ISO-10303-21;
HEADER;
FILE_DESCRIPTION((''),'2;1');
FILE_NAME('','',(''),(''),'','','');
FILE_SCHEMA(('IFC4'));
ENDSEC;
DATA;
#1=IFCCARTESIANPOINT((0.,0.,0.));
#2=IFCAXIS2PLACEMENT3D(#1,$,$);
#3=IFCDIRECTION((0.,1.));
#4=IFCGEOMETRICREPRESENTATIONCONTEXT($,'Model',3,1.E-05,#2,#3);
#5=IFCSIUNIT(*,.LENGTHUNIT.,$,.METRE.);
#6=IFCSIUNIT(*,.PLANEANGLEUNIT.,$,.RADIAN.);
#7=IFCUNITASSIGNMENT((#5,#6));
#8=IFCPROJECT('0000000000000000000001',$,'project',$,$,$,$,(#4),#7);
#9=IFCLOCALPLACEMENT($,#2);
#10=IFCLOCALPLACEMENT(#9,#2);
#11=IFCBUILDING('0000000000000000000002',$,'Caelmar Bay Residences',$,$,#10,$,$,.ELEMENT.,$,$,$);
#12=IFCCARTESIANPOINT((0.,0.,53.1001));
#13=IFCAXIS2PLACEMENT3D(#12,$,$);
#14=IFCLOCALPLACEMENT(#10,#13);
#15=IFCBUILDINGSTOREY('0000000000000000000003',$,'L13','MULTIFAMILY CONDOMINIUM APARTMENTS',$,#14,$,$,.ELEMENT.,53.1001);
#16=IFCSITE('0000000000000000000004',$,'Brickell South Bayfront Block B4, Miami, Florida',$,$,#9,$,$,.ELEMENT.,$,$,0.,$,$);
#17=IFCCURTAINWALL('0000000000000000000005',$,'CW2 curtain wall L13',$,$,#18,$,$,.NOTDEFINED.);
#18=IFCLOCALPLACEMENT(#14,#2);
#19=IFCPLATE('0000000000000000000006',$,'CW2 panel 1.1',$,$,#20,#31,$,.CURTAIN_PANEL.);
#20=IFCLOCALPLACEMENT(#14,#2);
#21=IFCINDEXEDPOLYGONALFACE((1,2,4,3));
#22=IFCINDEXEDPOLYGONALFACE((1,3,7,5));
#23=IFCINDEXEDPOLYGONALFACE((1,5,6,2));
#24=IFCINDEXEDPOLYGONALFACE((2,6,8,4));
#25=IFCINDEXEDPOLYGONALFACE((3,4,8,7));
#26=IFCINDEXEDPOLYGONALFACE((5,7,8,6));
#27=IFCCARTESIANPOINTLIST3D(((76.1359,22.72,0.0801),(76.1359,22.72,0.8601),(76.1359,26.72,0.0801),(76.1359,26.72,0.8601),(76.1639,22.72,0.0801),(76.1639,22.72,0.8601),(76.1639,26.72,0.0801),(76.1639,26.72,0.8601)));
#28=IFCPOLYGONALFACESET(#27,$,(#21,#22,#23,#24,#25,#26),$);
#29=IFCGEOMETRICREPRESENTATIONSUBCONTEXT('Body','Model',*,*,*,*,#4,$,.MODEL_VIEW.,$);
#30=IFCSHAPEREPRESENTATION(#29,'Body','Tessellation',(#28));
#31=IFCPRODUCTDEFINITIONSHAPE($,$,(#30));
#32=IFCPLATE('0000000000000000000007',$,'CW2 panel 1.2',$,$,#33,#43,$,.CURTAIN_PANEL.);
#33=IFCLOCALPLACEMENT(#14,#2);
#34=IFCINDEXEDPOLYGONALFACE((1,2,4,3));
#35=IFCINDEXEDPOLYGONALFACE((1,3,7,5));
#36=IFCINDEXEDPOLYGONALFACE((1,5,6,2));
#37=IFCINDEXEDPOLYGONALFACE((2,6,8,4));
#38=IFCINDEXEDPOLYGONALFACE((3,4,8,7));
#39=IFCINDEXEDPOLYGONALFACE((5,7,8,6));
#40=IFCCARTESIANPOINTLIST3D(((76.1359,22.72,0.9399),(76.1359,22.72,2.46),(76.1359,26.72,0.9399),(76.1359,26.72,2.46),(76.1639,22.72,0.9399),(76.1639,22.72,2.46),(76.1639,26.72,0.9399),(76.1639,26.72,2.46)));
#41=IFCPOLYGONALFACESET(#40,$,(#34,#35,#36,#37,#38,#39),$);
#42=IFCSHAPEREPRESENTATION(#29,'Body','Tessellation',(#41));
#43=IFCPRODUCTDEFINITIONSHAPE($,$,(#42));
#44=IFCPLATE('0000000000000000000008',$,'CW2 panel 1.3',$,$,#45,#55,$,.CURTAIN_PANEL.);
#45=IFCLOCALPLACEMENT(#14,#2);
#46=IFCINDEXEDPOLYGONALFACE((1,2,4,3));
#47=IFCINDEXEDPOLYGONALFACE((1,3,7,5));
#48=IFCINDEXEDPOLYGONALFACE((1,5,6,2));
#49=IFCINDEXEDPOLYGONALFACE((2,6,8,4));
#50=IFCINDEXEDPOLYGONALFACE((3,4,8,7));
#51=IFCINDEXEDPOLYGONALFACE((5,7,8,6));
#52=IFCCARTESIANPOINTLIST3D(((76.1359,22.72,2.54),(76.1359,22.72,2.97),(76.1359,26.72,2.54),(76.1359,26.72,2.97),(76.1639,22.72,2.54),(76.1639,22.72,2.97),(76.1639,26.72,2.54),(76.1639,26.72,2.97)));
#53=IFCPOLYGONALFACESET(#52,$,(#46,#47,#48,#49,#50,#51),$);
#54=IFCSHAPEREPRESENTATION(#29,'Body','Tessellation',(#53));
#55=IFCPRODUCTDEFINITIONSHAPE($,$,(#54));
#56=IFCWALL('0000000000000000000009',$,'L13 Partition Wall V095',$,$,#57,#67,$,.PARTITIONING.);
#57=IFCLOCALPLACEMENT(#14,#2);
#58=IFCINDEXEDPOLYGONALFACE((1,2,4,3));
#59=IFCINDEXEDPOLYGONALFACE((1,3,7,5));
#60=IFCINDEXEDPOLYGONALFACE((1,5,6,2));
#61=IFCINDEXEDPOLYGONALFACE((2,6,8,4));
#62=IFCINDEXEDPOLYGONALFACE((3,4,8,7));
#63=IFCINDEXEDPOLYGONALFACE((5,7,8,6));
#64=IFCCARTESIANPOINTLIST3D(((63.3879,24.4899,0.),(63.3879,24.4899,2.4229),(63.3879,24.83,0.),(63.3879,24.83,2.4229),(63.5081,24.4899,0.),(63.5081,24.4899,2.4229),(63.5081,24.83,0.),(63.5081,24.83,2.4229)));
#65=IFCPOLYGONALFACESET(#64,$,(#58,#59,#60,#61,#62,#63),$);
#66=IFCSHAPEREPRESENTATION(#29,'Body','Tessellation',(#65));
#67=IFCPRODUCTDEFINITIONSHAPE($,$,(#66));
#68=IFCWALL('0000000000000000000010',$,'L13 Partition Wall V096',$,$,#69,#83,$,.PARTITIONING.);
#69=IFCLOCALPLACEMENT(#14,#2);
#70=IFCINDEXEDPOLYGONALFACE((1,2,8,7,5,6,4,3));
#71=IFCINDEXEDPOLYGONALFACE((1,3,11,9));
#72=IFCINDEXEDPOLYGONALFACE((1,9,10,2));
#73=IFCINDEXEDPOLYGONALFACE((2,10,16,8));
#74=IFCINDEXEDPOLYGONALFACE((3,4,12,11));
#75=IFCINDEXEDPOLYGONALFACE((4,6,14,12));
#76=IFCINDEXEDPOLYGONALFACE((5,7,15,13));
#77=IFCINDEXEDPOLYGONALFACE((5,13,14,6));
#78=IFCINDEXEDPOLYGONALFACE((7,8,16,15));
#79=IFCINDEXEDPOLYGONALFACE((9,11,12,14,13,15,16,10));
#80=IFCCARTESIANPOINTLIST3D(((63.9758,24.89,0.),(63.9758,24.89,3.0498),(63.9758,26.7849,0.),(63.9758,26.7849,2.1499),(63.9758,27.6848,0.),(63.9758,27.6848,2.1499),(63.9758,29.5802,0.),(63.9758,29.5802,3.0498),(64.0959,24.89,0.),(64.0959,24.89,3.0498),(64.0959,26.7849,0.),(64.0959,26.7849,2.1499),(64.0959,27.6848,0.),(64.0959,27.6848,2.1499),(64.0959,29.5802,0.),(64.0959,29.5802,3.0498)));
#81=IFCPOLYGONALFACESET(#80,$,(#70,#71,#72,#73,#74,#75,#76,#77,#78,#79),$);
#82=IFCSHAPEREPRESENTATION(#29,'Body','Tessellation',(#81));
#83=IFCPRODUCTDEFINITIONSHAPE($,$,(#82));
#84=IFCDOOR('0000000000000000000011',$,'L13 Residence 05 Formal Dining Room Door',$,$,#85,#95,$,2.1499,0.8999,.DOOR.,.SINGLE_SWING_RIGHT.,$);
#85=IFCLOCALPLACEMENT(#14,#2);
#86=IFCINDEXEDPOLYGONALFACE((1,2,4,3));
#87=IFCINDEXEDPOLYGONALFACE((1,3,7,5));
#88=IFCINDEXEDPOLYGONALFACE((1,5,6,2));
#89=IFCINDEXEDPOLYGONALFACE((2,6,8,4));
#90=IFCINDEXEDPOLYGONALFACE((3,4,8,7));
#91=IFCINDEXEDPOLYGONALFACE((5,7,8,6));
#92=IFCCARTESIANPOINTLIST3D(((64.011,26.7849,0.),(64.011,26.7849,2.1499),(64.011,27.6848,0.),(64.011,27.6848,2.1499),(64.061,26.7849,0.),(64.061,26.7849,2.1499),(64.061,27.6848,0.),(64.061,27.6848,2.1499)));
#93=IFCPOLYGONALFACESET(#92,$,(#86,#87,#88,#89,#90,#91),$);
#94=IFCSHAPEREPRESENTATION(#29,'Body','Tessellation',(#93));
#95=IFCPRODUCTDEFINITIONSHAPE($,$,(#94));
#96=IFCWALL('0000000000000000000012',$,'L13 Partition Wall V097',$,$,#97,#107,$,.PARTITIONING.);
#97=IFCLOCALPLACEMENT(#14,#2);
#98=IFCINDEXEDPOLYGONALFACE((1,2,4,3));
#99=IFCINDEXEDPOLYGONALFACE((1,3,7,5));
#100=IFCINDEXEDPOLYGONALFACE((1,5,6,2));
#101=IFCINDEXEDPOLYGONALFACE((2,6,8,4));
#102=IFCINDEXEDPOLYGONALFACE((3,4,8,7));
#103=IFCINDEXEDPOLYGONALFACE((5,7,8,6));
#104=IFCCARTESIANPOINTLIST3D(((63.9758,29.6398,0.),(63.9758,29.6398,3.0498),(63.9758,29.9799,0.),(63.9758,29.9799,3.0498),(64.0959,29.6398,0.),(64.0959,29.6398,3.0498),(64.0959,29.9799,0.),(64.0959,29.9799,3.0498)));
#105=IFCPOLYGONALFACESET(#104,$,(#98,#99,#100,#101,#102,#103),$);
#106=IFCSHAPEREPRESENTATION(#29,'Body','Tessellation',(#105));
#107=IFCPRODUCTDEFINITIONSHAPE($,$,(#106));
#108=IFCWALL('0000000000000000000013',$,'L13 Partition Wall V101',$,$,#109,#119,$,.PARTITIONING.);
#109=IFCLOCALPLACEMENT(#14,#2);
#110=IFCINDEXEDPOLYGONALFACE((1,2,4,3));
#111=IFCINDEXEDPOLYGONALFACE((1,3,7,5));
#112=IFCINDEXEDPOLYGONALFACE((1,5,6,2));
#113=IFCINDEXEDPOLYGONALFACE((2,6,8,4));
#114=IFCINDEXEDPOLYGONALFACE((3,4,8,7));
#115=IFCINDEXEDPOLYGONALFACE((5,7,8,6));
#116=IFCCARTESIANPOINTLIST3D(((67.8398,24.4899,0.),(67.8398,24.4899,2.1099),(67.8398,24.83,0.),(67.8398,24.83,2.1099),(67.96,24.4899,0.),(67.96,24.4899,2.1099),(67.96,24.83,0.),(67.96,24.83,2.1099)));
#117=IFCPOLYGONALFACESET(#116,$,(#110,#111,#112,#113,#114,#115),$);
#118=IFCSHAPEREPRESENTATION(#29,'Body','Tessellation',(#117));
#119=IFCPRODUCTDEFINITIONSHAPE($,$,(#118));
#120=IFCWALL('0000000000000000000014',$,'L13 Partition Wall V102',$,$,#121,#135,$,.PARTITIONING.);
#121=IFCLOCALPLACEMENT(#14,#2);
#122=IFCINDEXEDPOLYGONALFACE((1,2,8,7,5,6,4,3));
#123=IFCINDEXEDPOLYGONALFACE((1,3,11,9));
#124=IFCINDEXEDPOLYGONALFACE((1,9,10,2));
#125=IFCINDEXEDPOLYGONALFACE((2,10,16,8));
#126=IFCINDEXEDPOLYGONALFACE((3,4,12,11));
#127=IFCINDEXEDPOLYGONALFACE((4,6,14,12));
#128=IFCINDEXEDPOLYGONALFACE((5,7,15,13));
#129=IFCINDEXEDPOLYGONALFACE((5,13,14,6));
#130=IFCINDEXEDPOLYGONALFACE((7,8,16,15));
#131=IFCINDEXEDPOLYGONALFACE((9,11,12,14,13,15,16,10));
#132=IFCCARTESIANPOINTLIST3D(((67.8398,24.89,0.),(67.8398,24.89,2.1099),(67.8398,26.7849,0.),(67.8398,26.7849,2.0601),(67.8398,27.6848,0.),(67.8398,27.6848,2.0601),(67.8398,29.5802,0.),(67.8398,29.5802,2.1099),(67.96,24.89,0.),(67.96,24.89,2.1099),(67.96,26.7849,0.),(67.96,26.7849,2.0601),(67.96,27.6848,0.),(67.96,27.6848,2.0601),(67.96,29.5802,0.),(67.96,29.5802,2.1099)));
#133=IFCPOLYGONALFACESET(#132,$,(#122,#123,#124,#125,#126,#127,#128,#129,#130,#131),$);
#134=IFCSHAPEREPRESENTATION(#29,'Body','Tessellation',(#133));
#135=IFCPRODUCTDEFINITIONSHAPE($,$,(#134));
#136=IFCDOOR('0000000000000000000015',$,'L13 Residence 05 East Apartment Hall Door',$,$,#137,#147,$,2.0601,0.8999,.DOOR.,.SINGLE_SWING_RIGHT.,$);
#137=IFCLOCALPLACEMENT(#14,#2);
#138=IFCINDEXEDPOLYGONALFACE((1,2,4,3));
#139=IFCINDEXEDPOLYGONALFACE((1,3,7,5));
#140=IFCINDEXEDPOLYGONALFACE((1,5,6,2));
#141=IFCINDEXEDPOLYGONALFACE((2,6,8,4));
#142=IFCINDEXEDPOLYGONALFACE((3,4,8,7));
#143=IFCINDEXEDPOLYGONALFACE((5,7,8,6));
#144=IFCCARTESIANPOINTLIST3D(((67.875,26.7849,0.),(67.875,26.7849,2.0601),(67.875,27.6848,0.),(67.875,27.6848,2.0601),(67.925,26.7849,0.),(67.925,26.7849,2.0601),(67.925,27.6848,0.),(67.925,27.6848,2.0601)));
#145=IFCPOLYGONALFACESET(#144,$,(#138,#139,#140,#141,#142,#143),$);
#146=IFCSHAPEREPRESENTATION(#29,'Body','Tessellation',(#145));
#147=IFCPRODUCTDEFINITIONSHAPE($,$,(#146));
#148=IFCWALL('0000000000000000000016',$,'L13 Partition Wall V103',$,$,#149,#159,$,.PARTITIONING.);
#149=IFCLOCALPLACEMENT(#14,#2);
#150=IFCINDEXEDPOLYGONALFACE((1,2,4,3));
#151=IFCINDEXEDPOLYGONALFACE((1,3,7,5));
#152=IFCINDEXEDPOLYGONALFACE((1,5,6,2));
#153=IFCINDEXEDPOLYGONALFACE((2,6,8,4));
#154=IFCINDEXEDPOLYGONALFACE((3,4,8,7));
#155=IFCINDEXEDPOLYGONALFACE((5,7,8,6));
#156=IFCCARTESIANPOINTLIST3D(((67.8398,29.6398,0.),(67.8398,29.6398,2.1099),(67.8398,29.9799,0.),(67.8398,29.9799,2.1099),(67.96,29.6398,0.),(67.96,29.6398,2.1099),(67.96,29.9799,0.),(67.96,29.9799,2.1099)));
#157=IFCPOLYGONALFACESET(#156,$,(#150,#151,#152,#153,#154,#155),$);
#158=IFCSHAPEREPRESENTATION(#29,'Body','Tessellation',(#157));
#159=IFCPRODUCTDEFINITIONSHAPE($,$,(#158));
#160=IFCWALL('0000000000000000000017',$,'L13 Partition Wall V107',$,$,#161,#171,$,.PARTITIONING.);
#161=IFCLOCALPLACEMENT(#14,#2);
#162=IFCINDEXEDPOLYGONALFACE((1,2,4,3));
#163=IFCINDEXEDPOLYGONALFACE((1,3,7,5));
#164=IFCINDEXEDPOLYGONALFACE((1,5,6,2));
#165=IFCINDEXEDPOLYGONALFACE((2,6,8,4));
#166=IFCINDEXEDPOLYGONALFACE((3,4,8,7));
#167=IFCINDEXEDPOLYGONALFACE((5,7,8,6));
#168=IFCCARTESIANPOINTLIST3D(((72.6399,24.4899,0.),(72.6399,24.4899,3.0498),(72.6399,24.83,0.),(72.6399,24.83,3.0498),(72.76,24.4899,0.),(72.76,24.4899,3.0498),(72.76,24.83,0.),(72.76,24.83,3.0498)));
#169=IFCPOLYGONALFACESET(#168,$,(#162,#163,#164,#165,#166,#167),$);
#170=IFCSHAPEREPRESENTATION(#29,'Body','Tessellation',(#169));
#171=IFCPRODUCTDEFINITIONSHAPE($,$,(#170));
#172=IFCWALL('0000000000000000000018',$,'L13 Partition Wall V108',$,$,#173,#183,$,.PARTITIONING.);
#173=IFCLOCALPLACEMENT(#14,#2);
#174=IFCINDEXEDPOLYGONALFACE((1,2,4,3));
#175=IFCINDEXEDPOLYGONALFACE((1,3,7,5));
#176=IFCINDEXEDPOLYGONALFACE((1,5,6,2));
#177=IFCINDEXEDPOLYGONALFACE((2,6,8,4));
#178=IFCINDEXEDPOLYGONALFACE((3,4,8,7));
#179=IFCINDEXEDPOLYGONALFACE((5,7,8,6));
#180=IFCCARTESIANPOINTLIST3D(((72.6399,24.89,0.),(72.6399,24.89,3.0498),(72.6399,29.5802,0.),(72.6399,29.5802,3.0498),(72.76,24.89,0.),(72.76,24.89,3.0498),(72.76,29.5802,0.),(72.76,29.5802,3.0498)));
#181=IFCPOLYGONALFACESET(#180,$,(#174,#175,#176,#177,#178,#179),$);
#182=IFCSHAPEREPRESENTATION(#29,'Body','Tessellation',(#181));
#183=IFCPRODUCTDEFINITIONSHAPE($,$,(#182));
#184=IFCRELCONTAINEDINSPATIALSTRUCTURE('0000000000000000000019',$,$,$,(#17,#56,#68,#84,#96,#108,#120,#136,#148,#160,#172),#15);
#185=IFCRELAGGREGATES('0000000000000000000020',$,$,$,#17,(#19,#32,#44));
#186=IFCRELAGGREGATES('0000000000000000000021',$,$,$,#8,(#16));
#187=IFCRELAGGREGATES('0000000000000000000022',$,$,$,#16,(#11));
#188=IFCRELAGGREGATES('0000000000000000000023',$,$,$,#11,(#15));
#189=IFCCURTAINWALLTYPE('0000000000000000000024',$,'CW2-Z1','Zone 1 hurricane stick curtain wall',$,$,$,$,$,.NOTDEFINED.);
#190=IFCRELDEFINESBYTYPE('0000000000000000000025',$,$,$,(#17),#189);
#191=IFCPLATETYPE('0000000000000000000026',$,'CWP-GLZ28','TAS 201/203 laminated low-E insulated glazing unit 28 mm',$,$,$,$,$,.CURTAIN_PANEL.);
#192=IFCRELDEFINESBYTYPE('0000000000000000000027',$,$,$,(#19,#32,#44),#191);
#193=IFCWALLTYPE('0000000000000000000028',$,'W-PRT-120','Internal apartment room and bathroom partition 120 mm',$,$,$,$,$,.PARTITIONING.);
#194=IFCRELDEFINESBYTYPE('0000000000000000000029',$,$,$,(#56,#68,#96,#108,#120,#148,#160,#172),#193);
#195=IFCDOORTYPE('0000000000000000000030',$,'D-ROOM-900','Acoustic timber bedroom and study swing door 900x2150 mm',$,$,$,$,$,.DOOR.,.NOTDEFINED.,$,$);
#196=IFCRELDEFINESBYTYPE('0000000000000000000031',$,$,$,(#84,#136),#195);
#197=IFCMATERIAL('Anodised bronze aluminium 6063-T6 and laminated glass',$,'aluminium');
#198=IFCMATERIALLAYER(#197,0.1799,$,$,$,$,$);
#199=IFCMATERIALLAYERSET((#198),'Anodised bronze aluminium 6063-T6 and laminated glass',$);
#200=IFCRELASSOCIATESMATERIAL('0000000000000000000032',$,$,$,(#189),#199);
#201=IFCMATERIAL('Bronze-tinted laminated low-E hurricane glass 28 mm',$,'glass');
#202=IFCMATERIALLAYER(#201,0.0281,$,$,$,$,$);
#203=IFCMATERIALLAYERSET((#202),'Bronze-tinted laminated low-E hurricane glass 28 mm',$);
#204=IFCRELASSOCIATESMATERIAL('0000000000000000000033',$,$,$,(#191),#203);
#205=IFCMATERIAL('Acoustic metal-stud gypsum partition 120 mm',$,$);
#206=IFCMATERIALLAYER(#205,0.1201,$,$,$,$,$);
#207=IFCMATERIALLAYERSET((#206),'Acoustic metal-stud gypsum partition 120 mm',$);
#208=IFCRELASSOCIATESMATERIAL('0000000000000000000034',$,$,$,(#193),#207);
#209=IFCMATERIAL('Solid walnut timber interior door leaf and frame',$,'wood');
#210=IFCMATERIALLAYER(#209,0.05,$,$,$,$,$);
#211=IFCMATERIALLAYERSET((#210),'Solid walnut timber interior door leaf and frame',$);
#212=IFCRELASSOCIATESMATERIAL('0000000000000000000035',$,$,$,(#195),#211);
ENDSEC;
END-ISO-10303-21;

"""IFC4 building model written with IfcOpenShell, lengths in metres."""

from ifc_helpers import new_model, si_unit, direction, frame, frame_2d, origin, origin_2d, place, context, subcontext, project, spatial, rectangle, extrude, material, layer, layer_set, type_object, element, fill, aggregate, save


model = new_model("IFC4")

# Units and contexts
model_context = context("Model", 3, precision=1e-05, world=origin(), true_north=direction((0.0, 1.0)))
body_context = subcontext(model_context, "Body", "Model", "MODEL_VIEW")
ifc_project = project(units=[si_unit("LENGTHUNIT", "METRE"), si_unit("PLANEANGLEUNIT", "RADIAN")], contexts=[model_context])

# Site, building, storey
site_placement = place(None, origin())
site = spatial("IfcSite", under=ifc_project, at=site_placement, Name="Brickell South Bayfront Block B4, Miami, Florida", CompositionType="ELEMENT", RefElevation=0.0)
building_placement = place(site_placement, origin())
building = spatial("IfcBuilding", under=site, at=building_placement, Name="Caelmar Bay Residences", CompositionType="ELEMENT")
storey_placement = place(building_placement, frame((0.0, 0.0, 53.1001)))
storey = spatial("IfcBuildingStorey", under=building, at=storey_placement, Name="L13", Description="MULTIFAMILY CONDOMINIUM APARTMENTS", CompositionType="ELEMENT", Elevation=53.1001)

# Curtain wall, plates
ifc_material_1 = material(Name="Anodised bronze aluminium 6063-T6 and laminated glass", Category="aluminium")
ifc_layer_1 = layer(ifc_material_1, 0.1799)
ifc_layer_set_1 = layer_set([ifc_layer_1], Name="Anodised bronze aluminium 6063-T6 and laminated glass")
curtain_wall_type = type_object("IfcCurtainWallType", Name="CW2-Z1", Description="Zone 1 hurricane stick curtain wall", PredefinedType="NOTDEFINED", material=ifc_layer_set_1)
curtain_wall_placement = place(storey_placement, origin())
curtain_wall = element("IfcCurtainWall", 1, at=curtain_wall_placement, inside=storey, type_object=curtain_wall_type, Name="CW2 curtain wall L13", PredefinedType="NOTDEFINED")
ifc_material_2 = material(Name="Bronze-tinted laminated low-E hurricane glass 28 mm", Category="glass")
ifc_layer_2 = layer(ifc_material_2, 0.0281)
ifc_layer_set_2 = layer_set([ifc_layer_2], Name="Bronze-tinted laminated low-E hurricane glass 28 mm")
plate_type = type_object("IfcPlateType", Name="CWP-GLZ28", Description="TAS 201/203 laminated low-E insulated glazing unit 28 mm", PredefinedType="CURTAIN_PANEL", material=ifc_layer_set_2)
plate_1_placement = place(storey_placement, frame((76.1499, 24.72, 0.0801), z_axis=(0.0, 0.0, 1.0), x_axis=(0.0, -1.0, 0.0)))
plate_1 = element("IfcPlate", 2, at=plate_1_placement, type_object=plate_type, Name="CW2 panel 1.1", PredefinedType="CURTAIN_PANEL", context=body_context, shape_type="SweptSolid", body=[
    extrude(rectangle(XDim=4.0, YDim=0.0281, at=origin_2d()), origin(), (0.0, 0.0, 1.0), 0.78),
])
plate_2_placement = place(storey_placement, frame((76.1499, 24.72, 0.9399), z_axis=(0.0, 0.0, 1.0), x_axis=(0.0, -1.0, 0.0)))
plate_2 = element("IfcPlate", 3, at=plate_2_placement, type_object=plate_type, Name="CW2 panel 1.2", PredefinedType="CURTAIN_PANEL", context=body_context, shape_type="SweptSolid", body=[
    extrude(rectangle(XDim=4.0, YDim=0.0281, at=origin_2d()), origin(), (0.0, 0.0, 1.0), 1.52),
])
plate_3_placement = place(storey_placement, frame((76.1499, 24.72, 2.54), z_axis=(0.0, 0.0, 1.0), x_axis=(0.0, -1.0, 0.0)))
plate_3 = element("IfcPlate", 4, at=plate_3_placement, type_object=plate_type, Name="CW2 panel 1.3", PredefinedType="CURTAIN_PANEL", context=body_context, shape_type="SweptSolid", body=[
    extrude(rectangle(XDim=4.0, YDim=0.0281, at=origin_2d()), origin(), (0.0, 0.0, 1.0), 0.4299),
])
aggregate(curtain_wall, [plate_1, plate_2, plate_3])

# Wall
ifc_material_3 = material(Name="Acoustic metal-stud gypsum partition 120 mm")
ifc_layer_3 = layer(ifc_material_3, 0.1201)
ifc_layer_set_3 = layer_set([ifc_layer_3], Name="Acoustic metal-stud gypsum partition 120 mm")
wall_type = type_object("IfcWallType", Name="W-PRT-120", Description="Internal apartment room and bathroom partition 120 mm", PredefinedType="PARTITIONING", material=ifc_layer_set_3)
wall_1_placement = place(storey_placement, frame((63.448, 24.49, 0.0), z_axis=(0.0, 0.0, 1.0), x_axis=(0.0, 1.0, 0.0)))
element("IfcWall", 5, at=wall_1_placement, inside=storey, type_object=wall_type, Name="L13 Partition Wall V095", PredefinedType="PARTITIONING", context=body_context, shape_type="SweptSolid", body=[
    extrude(rectangle(XDim=0.3401, YDim=0.1201, at=frame_2d((0.1699, 0.0))), origin(), (0.0, 0.0, 1.0), 2.4229),
])

# Wall, opening, door
wall_2_placement = place(storey_placement, frame((64.0359, 24.8899, 0.0), z_axis=(0.0, 0.0, 1.0), x_axis=(0.0, 1.0, 0.0)))
wall_2 = element("IfcWall", 6, at=wall_2_placement, inside=storey, type_object=wall_type, Name="L13 Partition Wall V096", PredefinedType="PARTITIONING", context=body_context, shape_type="SweptSolid", body=[
    extrude(rectangle(XDim=4.6902, YDim=0.1201, at=frame_2d((2.3452, 0.0))), origin(), (0.0, 0.0, 1.0), 3.0498),
])
opening_1_placement = place(wall_2_placement, frame((1.895, 0.0, 0.0)))
opening_1 = element("IfcOpeningElement", 7, at=opening_1_placement, cuts=wall_2, PredefinedType="OPENING", context=body_context, shape_type="SweptSolid", body=[
    extrude(rectangle(XDim=0.8999, YDim=2.1499, at=frame_2d((0.45, 1.075))), frame((0.0, 0.0701, 0.0), z_axis=(0.0, -1.0, 0.0), x_axis=(1.0, 0.0, 0.0)), (0.0, 0.0, 1.0), 0.1401),
])
ifc_material_4 = material(Name="Solid walnut timber interior door leaf and frame", Category="wood")
ifc_layer_4 = layer(ifc_material_4, 0.05)
ifc_layer_set_4 = layer_set([ifc_layer_4], Name="Solid walnut timber interior door leaf and frame")
door_type = type_object("IfcDoorType", Name="D-ROOM-900", Description="Acoustic timber bedroom and study swing door 900x2150 mm", OperationType="NOTDEFINED", PredefinedType="DOOR", material=ifc_layer_set_4)
door_1_placement = place(opening_1_placement, origin())
door_1 = element("IfcDoor", 8, at=door_1_placement, inside=storey, type_object=door_type, Name="L13 Residence 05 Formal Dining Room Door", OperationType="SINGLE_SWING_RIGHT", OverallHeight=2.1499, OverallWidth=0.8999, PredefinedType="DOOR", context=body_context, shape_type="SweptSolid", body=[
    extrude(rectangle(XDim=0.8999, YDim=2.1499, at=frame_2d((0.45, 1.075))), frame((0.0, 0.0249, 0.0), z_axis=(0.0, -1.0, 0.0), x_axis=(1.0, 0.0, 0.0)), (0.0, 0.0, 1.0), 0.05),
])
fill(opening_1, door_1)

# Walls
wall_3_placement = place(storey_placement, frame((64.0359, 29.6399, 0.0), z_axis=(0.0, 0.0, 1.0), x_axis=(0.0, 1.0, 0.0)))
element("IfcWall", 9, at=wall_3_placement, inside=storey, type_object=wall_type, Name="L13 Partition Wall V097", PredefinedType="PARTITIONING", context=body_context, shape_type="SweptSolid", body=[
    extrude(rectangle(XDim=0.3401, YDim=0.1201, at=frame_2d((0.1699, 0.0))), origin(), (0.0, 0.0, 1.0), 3.0498),
])
wall_4_placement = place(storey_placement, frame((67.8999, 24.49, 0.0), z_axis=(0.0, 0.0, 1.0), x_axis=(0.0, 1.0, 0.0)))
element("IfcWall", 10, at=wall_4_placement, inside=storey, type_object=wall_type, Name="L13 Partition Wall V101", PredefinedType="PARTITIONING", context=body_context, shape_type="SweptSolid", body=[
    extrude(rectangle(XDim=0.3401, YDim=0.1201, at=frame_2d((0.1699, 0.0))), origin(), (0.0, 0.0, 1.0), 2.1099),
])

# Wall, opening, door
wall_5_placement = place(storey_placement, frame((67.8999, 24.8899, 0.0), z_axis=(0.0, 0.0, 1.0), x_axis=(0.0, 1.0, 0.0)))
wall_5 = element("IfcWall", 11, at=wall_5_placement, inside=storey, type_object=wall_type, Name="L13 Partition Wall V102", PredefinedType="PARTITIONING", context=body_context, shape_type="SweptSolid", body=[
    extrude(rectangle(XDim=4.6902, YDim=0.1201, at=frame_2d((2.3452, 0.0))), origin(), (0.0, 0.0, 1.0), 2.1099),
])
opening_2_placement = place(wall_5_placement, frame((1.895, 0.0, 0.0)))
opening_2 = element("IfcOpeningElement", 12, at=opening_2_placement, cuts=wall_5, PredefinedType="OPENING", context=body_context, shape_type="SweptSolid", body=[
    extrude(rectangle(XDim=0.8999, YDim=2.0601, at=frame_2d((0.45, 1.03))), frame((0.0, 0.0701, 0.0), z_axis=(0.0, -1.0, 0.0), x_axis=(1.0, 0.0, 0.0)), (0.0, 0.0, 1.0), 0.1401),
])
door_2_placement = place(opening_2_placement, origin())
door_2 = element("IfcDoor", 13, at=door_2_placement, inside=storey, type_object=door_type, Name="L13 Residence 05 East Apartment Hall Door", OperationType="SINGLE_SWING_RIGHT", OverallHeight=2.0601, OverallWidth=0.8999, PredefinedType="DOOR", context=body_context, shape_type="SweptSolid", body=[
    extrude(rectangle(XDim=0.8999, YDim=2.0601, at=frame_2d((0.45, 1.03))), frame((0.0, 0.0249, 0.0), z_axis=(0.0, -1.0, 0.0), x_axis=(1.0, 0.0, 0.0)), (0.0, 0.0, 1.0), 0.05),
])
fill(opening_2, door_2)

# Walls
wall_6_placement = place(storey_placement, frame((67.8999, 29.6399, 0.0), z_axis=(0.0, 0.0, 1.0), x_axis=(0.0, 1.0, 0.0)))
element("IfcWall", 14, at=wall_6_placement, inside=storey, type_object=wall_type, Name="L13 Partition Wall V103", PredefinedType="PARTITIONING", context=body_context, shape_type="SweptSolid", body=[
    extrude(rectangle(XDim=0.3401, YDim=0.1201, at=frame_2d((0.1699, 0.0))), origin(), (0.0, 0.0, 1.0), 2.1099),
])
wall_7_placement = place(storey_placement, frame((72.7, 24.49, 0.0), z_axis=(0.0, 0.0, 1.0), x_axis=(0.0, 1.0, 0.0)))
element("IfcWall", 15, at=wall_7_placement, inside=storey, type_object=wall_type, Name="L13 Partition Wall V107", PredefinedType="PARTITIONING", context=body_context, shape_type="SweptSolid", body=[
    extrude(rectangle(XDim=0.3401, YDim=0.1201, at=frame_2d((0.1699, 0.0))), origin(), (0.0, 0.0, 1.0), 3.0498),
])
wall_8_placement = place(storey_placement, frame((72.7, 24.8899, 0.0), z_axis=(0.0, 0.0, 1.0), x_axis=(0.0, 1.0, 0.0)))
element("IfcWall", 16, at=wall_8_placement, inside=storey, type_object=wall_type, Name="L13 Partition Wall V108", PredefinedType="PARTITIONING", context=body_context, shape_type="SweptSolid", body=[
    extrude(rectangle(XDim=4.6902, YDim=0.1201, at=frame_2d((2.3452, 0.0))), origin(), (0.0, 0.0, 1.0), 3.0498),
])

save(model, "model.ifc")
